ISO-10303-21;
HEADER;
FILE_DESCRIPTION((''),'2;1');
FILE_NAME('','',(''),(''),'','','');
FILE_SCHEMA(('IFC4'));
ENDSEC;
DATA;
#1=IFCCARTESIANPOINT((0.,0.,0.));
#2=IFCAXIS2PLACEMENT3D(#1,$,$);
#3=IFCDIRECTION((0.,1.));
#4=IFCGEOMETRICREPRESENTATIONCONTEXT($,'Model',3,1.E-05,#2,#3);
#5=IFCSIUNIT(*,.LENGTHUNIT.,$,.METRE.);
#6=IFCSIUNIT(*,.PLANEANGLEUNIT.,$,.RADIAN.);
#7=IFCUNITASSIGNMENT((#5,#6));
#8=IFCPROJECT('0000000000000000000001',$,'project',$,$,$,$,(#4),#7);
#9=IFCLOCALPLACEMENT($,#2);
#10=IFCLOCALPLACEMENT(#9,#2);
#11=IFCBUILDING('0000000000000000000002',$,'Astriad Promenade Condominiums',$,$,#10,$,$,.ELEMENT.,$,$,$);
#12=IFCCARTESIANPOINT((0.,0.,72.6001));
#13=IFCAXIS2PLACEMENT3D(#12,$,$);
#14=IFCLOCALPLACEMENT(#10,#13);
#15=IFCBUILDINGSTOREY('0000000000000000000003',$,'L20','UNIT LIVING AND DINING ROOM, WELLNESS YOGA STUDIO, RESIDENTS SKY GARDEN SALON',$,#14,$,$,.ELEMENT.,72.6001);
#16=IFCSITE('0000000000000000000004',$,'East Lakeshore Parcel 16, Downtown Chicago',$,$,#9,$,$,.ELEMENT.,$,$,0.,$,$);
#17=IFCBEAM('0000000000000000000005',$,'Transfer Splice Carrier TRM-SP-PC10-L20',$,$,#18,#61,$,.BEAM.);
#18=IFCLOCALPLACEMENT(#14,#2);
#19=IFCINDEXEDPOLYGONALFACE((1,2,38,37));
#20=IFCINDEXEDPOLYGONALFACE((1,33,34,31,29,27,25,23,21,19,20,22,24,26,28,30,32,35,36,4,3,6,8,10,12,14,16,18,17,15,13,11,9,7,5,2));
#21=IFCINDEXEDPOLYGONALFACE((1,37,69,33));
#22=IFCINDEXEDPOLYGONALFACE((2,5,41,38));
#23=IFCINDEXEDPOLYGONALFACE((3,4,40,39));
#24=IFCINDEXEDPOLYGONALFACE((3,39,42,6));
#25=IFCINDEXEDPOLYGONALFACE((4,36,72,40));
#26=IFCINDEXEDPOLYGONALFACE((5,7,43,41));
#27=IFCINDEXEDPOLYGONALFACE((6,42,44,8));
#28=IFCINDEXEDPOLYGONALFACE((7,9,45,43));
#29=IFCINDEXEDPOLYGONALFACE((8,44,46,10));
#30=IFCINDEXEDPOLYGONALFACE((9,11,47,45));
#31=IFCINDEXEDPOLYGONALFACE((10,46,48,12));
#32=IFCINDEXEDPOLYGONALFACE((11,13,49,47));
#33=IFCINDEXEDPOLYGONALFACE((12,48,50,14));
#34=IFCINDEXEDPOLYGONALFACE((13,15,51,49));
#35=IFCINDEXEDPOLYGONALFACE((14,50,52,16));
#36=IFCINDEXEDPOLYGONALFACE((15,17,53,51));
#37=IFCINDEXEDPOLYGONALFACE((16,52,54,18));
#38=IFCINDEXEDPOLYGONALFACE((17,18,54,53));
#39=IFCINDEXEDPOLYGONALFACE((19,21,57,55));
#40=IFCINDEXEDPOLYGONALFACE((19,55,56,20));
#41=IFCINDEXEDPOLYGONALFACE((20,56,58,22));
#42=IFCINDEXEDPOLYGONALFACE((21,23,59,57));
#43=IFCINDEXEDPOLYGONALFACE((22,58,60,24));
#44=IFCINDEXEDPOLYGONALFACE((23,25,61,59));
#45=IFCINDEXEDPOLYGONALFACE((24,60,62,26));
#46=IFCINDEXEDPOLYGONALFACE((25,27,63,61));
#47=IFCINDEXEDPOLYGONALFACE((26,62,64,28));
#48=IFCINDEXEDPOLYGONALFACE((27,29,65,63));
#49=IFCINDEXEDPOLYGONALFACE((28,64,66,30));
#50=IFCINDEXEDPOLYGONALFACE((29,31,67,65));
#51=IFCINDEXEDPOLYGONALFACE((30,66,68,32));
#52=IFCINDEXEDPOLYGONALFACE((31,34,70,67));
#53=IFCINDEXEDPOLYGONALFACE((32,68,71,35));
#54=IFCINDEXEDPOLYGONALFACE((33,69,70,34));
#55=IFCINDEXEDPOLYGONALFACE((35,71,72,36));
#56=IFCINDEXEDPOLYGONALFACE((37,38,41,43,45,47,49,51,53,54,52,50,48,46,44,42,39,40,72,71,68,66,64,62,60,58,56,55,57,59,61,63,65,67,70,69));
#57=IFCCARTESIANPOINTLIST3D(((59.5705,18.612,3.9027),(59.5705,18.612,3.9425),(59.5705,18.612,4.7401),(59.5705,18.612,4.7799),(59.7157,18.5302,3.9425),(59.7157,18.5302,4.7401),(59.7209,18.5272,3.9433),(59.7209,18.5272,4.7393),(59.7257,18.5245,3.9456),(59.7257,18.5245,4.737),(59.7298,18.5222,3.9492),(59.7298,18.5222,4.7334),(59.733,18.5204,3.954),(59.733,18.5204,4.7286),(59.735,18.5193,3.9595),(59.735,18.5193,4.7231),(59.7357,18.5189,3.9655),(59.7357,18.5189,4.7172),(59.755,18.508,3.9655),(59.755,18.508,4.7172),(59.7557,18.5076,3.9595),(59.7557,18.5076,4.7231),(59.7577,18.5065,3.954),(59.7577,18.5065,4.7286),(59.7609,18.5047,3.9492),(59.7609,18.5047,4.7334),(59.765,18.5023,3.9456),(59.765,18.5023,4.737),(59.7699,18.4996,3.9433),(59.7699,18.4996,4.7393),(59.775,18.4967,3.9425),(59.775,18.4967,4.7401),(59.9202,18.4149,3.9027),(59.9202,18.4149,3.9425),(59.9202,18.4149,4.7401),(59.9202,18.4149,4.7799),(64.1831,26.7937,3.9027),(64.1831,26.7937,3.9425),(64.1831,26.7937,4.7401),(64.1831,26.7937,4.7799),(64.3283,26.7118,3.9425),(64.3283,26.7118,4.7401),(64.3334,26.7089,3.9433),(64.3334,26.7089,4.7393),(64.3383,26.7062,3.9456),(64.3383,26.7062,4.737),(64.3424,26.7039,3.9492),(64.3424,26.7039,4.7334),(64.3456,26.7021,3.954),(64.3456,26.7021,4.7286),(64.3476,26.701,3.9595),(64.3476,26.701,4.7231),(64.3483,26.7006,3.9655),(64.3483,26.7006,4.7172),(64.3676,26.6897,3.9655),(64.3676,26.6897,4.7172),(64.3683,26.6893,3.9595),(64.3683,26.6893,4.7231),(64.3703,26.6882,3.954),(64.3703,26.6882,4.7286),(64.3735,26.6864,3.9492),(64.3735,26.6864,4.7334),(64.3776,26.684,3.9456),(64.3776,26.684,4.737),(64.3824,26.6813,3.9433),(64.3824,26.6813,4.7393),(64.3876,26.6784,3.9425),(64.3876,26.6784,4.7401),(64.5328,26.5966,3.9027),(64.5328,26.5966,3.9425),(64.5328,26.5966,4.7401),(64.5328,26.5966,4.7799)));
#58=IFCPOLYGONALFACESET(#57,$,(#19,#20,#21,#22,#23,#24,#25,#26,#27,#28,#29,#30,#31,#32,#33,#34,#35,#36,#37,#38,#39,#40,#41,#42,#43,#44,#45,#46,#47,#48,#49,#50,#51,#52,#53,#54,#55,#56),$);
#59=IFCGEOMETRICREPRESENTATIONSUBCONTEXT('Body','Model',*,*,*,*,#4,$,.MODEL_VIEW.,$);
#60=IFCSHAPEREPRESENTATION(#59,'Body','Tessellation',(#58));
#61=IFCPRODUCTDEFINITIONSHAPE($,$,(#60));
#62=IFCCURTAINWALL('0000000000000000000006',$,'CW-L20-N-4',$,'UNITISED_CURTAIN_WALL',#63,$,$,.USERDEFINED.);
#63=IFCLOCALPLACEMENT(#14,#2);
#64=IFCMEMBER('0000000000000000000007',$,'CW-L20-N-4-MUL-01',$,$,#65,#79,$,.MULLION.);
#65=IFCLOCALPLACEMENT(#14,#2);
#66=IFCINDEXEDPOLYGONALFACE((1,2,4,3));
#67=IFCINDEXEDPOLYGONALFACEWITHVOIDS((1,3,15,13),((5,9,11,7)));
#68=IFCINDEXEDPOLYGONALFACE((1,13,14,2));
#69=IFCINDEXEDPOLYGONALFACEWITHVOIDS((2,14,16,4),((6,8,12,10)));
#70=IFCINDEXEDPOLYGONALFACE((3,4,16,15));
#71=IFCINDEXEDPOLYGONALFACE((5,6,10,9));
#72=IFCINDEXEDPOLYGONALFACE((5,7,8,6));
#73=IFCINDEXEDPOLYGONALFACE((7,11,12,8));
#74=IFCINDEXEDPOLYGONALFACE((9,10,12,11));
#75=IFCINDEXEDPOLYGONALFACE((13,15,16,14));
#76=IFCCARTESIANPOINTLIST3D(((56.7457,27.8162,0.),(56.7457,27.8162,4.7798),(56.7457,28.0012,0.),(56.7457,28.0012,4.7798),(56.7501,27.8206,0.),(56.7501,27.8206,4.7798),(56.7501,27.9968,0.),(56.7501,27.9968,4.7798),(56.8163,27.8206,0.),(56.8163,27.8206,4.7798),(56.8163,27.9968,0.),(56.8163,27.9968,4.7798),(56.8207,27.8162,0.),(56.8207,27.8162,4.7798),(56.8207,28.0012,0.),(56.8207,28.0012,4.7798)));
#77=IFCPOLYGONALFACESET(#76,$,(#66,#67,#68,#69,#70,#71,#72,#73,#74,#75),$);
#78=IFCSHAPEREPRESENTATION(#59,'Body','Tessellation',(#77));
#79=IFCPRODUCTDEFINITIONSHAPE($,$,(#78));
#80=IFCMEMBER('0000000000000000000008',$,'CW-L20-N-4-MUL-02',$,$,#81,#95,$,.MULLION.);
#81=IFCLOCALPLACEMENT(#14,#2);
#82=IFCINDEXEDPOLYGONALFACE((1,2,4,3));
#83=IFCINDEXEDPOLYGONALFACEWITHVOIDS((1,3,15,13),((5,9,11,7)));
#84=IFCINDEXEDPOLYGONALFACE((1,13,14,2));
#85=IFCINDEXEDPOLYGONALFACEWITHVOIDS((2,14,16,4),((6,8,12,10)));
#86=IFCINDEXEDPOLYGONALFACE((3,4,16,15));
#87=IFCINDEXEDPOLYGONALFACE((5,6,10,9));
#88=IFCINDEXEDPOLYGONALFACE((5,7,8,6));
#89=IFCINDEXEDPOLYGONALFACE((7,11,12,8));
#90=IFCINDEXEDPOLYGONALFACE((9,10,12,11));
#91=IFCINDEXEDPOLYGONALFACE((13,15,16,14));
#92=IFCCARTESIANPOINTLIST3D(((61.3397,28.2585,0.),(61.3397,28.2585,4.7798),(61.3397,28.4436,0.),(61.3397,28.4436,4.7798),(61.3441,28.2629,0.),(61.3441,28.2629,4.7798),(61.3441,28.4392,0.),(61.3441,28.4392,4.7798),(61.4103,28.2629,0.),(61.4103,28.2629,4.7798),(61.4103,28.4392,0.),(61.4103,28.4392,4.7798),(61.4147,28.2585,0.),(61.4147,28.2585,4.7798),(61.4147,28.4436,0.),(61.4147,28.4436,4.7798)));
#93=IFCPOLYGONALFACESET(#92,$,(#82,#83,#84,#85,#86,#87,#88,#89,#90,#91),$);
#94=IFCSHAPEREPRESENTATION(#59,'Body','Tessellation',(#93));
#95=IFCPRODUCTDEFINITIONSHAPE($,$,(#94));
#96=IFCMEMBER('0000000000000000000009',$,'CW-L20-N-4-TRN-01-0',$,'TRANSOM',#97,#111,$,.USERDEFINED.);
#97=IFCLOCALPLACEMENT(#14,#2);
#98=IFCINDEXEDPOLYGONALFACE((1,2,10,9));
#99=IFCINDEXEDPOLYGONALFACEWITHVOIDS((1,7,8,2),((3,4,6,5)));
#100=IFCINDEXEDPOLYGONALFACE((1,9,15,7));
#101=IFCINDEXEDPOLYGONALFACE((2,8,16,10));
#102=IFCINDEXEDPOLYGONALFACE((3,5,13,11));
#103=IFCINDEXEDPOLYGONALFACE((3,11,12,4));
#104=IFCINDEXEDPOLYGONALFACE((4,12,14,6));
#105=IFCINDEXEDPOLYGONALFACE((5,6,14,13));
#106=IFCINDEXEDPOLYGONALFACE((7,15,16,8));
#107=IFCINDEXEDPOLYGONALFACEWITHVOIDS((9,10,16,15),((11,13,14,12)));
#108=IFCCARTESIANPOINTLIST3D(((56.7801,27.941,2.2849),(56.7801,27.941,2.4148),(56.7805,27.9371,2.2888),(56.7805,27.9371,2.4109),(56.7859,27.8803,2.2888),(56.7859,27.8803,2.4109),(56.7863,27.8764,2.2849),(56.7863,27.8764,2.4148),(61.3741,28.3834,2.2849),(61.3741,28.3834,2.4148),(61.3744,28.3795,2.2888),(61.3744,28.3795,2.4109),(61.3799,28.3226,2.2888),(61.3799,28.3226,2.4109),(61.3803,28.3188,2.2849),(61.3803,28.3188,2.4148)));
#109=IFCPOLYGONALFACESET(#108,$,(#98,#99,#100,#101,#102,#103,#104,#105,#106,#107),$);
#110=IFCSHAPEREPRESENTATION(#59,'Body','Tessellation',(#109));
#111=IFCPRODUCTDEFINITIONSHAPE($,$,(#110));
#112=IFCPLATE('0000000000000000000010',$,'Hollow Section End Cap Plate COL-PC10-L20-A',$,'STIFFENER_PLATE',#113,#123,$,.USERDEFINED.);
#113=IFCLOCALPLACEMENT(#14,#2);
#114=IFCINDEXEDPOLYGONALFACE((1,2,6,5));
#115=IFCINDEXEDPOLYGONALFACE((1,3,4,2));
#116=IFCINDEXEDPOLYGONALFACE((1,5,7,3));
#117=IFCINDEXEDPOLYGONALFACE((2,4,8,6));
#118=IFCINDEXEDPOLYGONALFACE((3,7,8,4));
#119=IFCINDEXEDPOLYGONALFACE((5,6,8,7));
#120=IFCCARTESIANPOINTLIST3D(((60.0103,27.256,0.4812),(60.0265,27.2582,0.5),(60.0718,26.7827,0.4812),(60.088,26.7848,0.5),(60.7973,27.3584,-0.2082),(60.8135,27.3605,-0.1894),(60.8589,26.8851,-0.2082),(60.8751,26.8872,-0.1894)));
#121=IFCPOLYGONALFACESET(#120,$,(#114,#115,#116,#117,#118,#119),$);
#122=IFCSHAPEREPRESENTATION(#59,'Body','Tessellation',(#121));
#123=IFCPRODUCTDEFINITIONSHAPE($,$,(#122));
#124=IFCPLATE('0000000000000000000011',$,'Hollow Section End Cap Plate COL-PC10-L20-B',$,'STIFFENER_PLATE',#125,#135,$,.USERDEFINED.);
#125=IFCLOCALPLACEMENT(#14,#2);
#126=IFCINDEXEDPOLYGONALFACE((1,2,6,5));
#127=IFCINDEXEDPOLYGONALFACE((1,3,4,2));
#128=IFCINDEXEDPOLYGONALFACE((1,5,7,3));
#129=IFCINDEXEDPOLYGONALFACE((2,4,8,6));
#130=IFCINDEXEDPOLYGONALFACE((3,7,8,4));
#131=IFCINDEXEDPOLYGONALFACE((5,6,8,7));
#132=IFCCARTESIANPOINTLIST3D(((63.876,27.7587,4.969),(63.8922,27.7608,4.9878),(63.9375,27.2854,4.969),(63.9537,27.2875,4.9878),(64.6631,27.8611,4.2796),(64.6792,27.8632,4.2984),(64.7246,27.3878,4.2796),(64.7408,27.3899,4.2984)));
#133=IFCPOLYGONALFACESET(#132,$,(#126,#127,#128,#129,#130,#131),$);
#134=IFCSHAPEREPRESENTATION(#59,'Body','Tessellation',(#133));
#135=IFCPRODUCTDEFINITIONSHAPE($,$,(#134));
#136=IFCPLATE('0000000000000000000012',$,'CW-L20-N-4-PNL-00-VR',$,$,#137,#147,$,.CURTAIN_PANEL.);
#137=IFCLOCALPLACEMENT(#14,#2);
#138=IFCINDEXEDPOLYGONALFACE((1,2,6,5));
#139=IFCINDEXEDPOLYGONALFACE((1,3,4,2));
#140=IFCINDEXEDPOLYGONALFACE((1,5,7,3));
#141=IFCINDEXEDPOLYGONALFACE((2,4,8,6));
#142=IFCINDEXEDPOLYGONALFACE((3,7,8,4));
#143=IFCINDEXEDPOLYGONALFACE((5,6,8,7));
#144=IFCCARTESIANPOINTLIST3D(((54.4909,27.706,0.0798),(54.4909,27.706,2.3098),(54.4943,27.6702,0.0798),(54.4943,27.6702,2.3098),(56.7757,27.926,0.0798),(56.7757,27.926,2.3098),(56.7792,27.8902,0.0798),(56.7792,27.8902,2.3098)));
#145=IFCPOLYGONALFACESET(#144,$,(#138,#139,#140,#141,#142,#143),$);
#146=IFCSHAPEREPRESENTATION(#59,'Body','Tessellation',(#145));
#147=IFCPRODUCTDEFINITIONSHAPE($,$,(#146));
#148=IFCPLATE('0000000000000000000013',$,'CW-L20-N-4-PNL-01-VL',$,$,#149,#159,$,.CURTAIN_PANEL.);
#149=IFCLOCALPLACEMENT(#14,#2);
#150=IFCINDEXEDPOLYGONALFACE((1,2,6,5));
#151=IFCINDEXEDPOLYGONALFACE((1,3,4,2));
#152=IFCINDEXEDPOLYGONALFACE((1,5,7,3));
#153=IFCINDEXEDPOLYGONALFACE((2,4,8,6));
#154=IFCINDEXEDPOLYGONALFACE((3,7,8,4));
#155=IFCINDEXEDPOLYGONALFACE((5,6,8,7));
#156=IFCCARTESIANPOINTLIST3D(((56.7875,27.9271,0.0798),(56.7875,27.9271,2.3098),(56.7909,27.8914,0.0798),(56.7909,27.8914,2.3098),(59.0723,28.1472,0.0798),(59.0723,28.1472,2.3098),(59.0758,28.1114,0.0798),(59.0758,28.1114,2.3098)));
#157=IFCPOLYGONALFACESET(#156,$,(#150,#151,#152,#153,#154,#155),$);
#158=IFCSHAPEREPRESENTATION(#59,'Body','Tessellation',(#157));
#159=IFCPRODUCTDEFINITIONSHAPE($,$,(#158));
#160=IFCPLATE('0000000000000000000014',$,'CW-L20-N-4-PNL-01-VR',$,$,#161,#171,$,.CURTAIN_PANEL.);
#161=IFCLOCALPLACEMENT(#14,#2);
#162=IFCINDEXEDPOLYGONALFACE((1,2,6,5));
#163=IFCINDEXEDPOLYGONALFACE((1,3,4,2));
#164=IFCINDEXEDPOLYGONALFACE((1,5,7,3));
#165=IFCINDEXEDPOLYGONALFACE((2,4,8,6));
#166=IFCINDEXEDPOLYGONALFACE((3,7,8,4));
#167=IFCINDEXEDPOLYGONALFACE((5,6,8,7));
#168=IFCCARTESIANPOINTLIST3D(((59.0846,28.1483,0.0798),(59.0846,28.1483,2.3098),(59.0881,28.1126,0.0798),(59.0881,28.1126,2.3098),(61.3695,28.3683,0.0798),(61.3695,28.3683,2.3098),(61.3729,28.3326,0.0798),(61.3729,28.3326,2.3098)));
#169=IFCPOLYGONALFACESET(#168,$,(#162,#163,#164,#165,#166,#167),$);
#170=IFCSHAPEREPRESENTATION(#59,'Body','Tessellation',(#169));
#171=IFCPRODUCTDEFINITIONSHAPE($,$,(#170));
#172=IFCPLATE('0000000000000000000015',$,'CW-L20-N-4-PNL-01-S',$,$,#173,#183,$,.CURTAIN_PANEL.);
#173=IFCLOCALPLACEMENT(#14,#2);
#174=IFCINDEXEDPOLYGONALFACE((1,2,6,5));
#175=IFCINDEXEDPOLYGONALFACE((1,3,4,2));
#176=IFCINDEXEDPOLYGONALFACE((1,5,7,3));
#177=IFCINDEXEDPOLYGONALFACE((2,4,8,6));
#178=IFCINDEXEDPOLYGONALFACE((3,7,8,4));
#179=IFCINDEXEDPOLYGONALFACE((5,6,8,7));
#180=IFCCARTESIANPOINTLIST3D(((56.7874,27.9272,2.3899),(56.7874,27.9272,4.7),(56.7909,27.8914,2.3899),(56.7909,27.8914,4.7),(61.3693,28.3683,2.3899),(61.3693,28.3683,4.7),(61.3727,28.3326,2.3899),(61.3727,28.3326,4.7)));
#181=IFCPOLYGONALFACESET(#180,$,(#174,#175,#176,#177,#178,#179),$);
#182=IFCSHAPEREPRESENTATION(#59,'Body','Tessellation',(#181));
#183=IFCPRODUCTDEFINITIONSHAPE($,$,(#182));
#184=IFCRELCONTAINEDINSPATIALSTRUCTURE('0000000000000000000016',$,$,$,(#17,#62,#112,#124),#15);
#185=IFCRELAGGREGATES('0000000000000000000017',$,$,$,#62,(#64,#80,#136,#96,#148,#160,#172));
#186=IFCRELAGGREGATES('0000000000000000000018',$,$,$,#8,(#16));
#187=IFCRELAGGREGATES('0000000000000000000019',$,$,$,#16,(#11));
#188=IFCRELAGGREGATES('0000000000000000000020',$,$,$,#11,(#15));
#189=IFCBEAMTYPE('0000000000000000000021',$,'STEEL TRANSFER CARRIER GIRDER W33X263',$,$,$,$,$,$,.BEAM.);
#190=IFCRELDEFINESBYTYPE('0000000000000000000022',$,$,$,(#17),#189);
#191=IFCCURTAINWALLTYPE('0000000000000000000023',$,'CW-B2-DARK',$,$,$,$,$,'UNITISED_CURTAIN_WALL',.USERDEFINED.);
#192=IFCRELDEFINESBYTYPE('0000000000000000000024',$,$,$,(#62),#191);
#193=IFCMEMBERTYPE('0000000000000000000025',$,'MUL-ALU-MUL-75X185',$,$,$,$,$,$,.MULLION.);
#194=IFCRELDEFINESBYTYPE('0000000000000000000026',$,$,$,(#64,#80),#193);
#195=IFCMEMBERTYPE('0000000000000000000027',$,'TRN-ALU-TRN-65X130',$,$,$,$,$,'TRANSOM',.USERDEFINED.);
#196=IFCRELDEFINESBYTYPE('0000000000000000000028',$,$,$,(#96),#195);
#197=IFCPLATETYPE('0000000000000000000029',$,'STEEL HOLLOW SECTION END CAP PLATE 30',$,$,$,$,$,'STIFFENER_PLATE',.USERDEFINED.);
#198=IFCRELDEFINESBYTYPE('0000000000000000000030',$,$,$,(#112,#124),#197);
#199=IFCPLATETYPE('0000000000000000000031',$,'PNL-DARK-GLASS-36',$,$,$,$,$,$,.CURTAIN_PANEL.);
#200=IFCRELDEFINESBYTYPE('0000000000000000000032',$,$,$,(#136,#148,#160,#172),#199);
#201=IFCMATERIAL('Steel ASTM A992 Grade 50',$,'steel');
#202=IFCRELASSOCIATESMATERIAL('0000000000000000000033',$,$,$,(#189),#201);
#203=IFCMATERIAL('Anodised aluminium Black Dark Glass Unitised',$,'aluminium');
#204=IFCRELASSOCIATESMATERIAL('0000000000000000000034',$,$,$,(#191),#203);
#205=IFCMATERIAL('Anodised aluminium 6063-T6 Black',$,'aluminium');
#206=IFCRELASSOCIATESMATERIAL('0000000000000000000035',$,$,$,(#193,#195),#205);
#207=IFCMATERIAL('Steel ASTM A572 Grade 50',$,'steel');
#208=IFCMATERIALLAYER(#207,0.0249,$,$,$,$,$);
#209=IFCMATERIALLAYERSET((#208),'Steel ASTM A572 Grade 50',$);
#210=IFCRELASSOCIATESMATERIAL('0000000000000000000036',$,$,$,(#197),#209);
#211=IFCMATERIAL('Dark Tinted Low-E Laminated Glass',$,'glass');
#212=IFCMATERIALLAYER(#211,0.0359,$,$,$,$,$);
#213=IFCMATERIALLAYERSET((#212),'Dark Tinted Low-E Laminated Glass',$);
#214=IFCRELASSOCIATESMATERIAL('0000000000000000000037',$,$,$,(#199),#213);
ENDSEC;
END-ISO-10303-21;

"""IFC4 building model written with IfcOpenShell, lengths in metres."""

from ifc_helpers import new_model, si_unit, direction, frame, origin, origin_2d, place, context, subcontext, project, spatial, rectangle, hollow_rectangle, i_section, extrude, source, transform, mapped, material, layer, layer_set, material_profile, profile_set, type_object, type_shapes, element, aggregate, save


model = new_model("IFC4")

# Units and contexts
model_context = context("Model", 3, precision=1e-05, world=origin(), true_north=direction((0.0, 1.0)))
body_context = subcontext(model_context, "Body", "Model", "MODEL_VIEW")
ifc_project = project(units=[si_unit("LENGTHUNIT", "METRE"), si_unit("PLANEANGLEUNIT", "RADIAN")], contexts=[model_context])

# Site, building, storey
site_placement = place(None, origin())
site = spatial("IfcSite", under=ifc_project, at=site_placement, Name="East Lakeshore Parcel 16, Downtown Chicago", CompositionType="ELEMENT", RefElevation=0.0)
building_placement = place(site_placement, origin())
building = spatial("IfcBuilding", under=site, at=building_placement, Name="Astriad Promenade Condominiums", CompositionType="ELEMENT")
storey_placement = place(building_placement, frame((0.0, 0.0, 72.6001)))
storey = spatial("IfcBuildingStorey", under=building, at=storey_placement, Name="L20", Description="UNIT LIVING AND DINING ROOM, WELLNESS YOGA STUDIO, RESIDENTS SKY GARDEN SALON", CompositionType="ELEMENT", Elevation=72.6001)

# Shared definitions
ifc_material_1 = material(Name="Steel ASTM A992 Grade 50", Category="steel")

# Beam
ifc_material_profile_1 = material_profile(ifc_material_1, i_section(OverallWidth=0.4014, OverallDepth=0.8772, WebThickness=0.0222, FlangeThickness=0.0398, FilletRadius=0.0229, at=origin_2d()), Name="W33X263")
ifc_profile_set_1 = profile_set([ifc_material_profile_1], Name="Steel ASTM A992 Grade 50")
beam_type_1 = type_object("IfcBeamType", Name="STEEL TRANSFER CARRIER GIRDER W33X263", PredefinedType="BEAM", material=ifc_profile_set_1)
shared_shape_1 = source(origin(), body_context, "Body", "SweptSolid", [
    extrude(i_section(OverallWidth=0.4014, OverallDepth=0.8772, WebThickness=0.0222, FlangeThickness=0.0398, FilletRadius=0.0229, at=origin_2d()), origin(), (0.0, 0.0, 1.0), 9.3923),
])
type_shapes(beam_type_1, [shared_shape_1])
beam_1_placement = place(storey_placement, frame((59.7454, 18.5134, 4.3413), z_axis=(0.4911, 0.871103, 0.0), x_axis=(-0.871103, 0.4911, 0.0)))
element("IfcBeam", 1, at=beam_1_placement, inside=storey, type_object=beam_type_1, Name="Transfer Splice Carrier TRM-SP-PC10-L20", PredefinedType="BEAM", context=body_context, shape_type="MappedRepresentation", body=[
    mapped(shared_shape_1, transform((0.0, 0.0, 0.0), scale=1.0)),
])

# Curtain wall, members
ifc_material_2 = material(Name="Anodised aluminium Black Dark Glass Unitised", Category="aluminium")
curtain_wall_type = type_object("IfcCurtainWallType", Name="CW-B2-DARK", ElementType="UNITISED_CURTAIN_WALL", PredefinedType="USERDEFINED", material=ifc_material_2)
curtain_wall_placement = place(storey_placement, origin())
curtain_wall = element("IfcCurtainWall", 2, at=curtain_wall_placement, inside=storey, type_object=curtain_wall_type, Name="CW-L20-N-4", ObjectType="UNITISED_CURTAIN_WALL", PredefinedType="USERDEFINED")
ifc_material_3 = material(Name="Anodised aluminium 6063-T6 Black", Category="aluminium")
ifc_material_profile_2 = material_profile(ifc_material_3, hollow_rectangle(XDim=0.075, YDim=0.1851, WallThickness=0.0044, at=origin_2d()), Name="ALU-MUL-75X185")
ifc_profile_set_2 = profile_set([ifc_material_profile_2], Name="Anodised aluminium 6063-T6 Black")
member_type_1 = type_object("IfcMemberType", Name="MUL-ALU-MUL-75X185", PredefinedType="MULLION", material=ifc_profile_set_2)
shared_shape_2 = source(origin(), body_context, "Body", "SweptSolid", [
    extrude(hollow_rectangle(XDim=0.075, YDim=0.1851, WallThickness=0.0044, at=origin_2d()), origin(), (0.0, 0.0, 1.0), 4.7798),
])
type_shapes(member_type_1, [shared_shape_2])
member_1_placement = place(storey_placement, frame((56.7832, 27.9087, 0.0), z_axis=(0.0, 0.0, 1.0), x_axis=(1.0, 0.0, 0.0)))
member_1 = element("IfcMember", 3, at=member_1_placement, type_object=member_type_1, Name="CW-L20-N-4-MUL-01", PredefinedType="MULLION", context=body_context, shape_type="MappedRepresentation", body=[
    mapped(shared_shape_2, transform((0.0, 0.0, 0.0), scale=1.0)),
])
member_2_placement = place(storey_placement, frame((61.3772, 28.3511, 0.0), z_axis=(0.0, 0.0, 1.0), x_axis=(1.0, 0.0, 0.0)))
member_2 = element("IfcMember", 4, at=member_2_placement, type_object=member_type_1, Name="CW-L20-N-4-MUL-02", PredefinedType="MULLION", context=body_context, shape_type="MappedRepresentation", body=[
    mapped(shared_shape_2, transform((0.0, 0.0, 0.0), scale=1.0)),
])
ifc_material_profile_3 = material_profile(ifc_material_3, hollow_rectangle(XDim=0.0649, YDim=0.1299, WallThickness=0.0039, at=origin_2d()), Name="ALU-TRN-65X130")
ifc_profile_set_3 = profile_set([ifc_material_profile_3], Name="Anodised aluminium 6063-T6 Black")
member_type_2 = type_object("IfcMemberType", Name="TRN-ALU-TRN-65X130", ElementType="TRANSOM", PredefinedType="USERDEFINED", material=ifc_profile_set_3)
shared_shape_3 = source(origin(), body_context, "Body", "SweptSolid", [
    extrude(hollow_rectangle(XDim=0.0649, YDim=0.1299, WallThickness=0.0039, at=origin_2d()), origin(), (0.0, 0.0, 1.0), 4.6152),
])
type_shapes(member_type_2, [shared_shape_3])
member_3_placement = place(storey_placement, frame((56.7832, 27.9087, 2.3499), z_axis=(0.995396, 0.095853, 0.0), x_axis=(-0.095853, 0.995396, 0.0)))
member_3 = element("IfcMember", 5, at=member_3_placement, type_object=member_type_2, Name="CW-L20-N-4-TRN-01-0", ObjectType="TRANSOM", PredefinedType="USERDEFINED", context=body_context, shape_type="MappedRepresentation", body=[
    mapped(shared_shape_3, transform((0.0, 0.0, 0.0), scale=1.0)),
])

# Plates
ifc_material_4 = material(Name="Steel ASTM A572 Grade 50", Category="steel")
ifc_layer_1 = layer(ifc_material_4, 0.0249)
ifc_layer_set_1 = layer_set([ifc_layer_1], Name="Steel ASTM A572 Grade 50")
plate_type_1 = type_object("IfcPlateType", Name="STEEL HOLLOW SECTION END CAP PLATE 30", ElementType="STIFFENER_PLATE", PredefinedType="USERDEFINED", material=ifc_layer_set_1)
shared_shape_4 = source(origin(), body_context, "Body", "SweptSolid", [
    extrude(rectangle(XDim=0.4773, YDim=1.0513, at=origin_2d()), origin(), (0.0, 0.0, 1.0), 0.0249),
])
type_shapes(plate_type_1, [shared_shape_4])
for number, where, z_axis, x_axis, name in (
    (6, (60.4346, 27.0706, 0.1365), (0.650276, 0.084549, 0.754978), (-0.128935, 0.991653, 0.0), "Hollow Section End Cap Plate COL-PC10-L20-A"),
    (7, (64.3003, 27.5732, 4.6243), (0.650276, 0.084549, 0.754978), (-0.128935, 0.991653, 0.0), "Hollow Section End Cap Plate COL-PC10-L20-B"),
):
    element("IfcPlate", number, at=place(storey_placement, frame(where, z_axis=z_axis, x_axis=x_axis)), inside=storey, type_object=plate_type_1, Name=name, ObjectType="STIFFENER_PLATE", PredefinedType="USERDEFINED", context=body_context, shape_type="MappedRepresentation", body=[
        mapped(shared_shape_4, transform((0.0, 0.0, 0.0), scale=1.0)),
    ])

# Plates
ifc_material_5 = material(Name="Dark Tinted Low-E Laminated Glass", Category="glass")
ifc_layer_2 = layer(ifc_material_5, 0.0359)
ifc_layer_set_2 = layer_set([ifc_layer_2], Name="Dark Tinted Low-E Laminated Glass")
plate_type_2 = type_object("IfcPlateType", Name="PNL-DARK-GLASS-36", PredefinedType="CURTAIN_PANEL", material=ifc_layer_set_2)
shared_shape_5 = source(origin(), body_context, "Body", "SweptSolid", [
    extrude(rectangle(XDim=2.2954, YDim=0.0359, at=origin_2d()), origin(), (0.0, 0.0, 1.0), 2.23),
])
plate_1_placement = place(storey_placement, frame((55.635, 27.7981, 0.0798), z_axis=(0.0, 0.0, 1.0), x_axis=(0.995396, 0.095846, 0.0)))
plate_1 = element("IfcPlate", 8, at=plate_1_placement, type_object=plate_type_2, Name="CW-L20-N-4-PNL-00-VR", PredefinedType="CURTAIN_PANEL", context=body_context, shape_type="MappedRepresentation", body=[
    mapped(shared_shape_5, transform((0.0, 0.0, 0.0), scale=1.0)),
])
plate_2_placement = place(storey_placement, frame((57.9316, 28.0193, 0.0798), z_axis=(0.0, 0.0, 1.0), x_axis=(0.995396, 0.095846, 0.0)))
plate_2 = element("IfcPlate", 9, at=plate_2_placement, type_object=plate_type_2, Name="CW-L20-N-4-PNL-01-VL", PredefinedType="CURTAIN_PANEL", context=body_context, shape_type="MappedRepresentation", body=[
    mapped(shared_shape_5, transform((0.0, 0.0, 0.0), scale=1.0)),
])
plate_3_placement = place(storey_placement, frame((60.2288, 28.2405, 0.0798), z_axis=(0.0, 0.0, 1.0), x_axis=(0.995396, 0.095846, 0.0)))
plate_3 = element("IfcPlate", 10, at=plate_3_placement, type_object=plate_type_2, Name="CW-L20-N-4-PNL-01-VR", PredefinedType="CURTAIN_PANEL", context=body_context, shape_type="MappedRepresentation", body=[
    mapped(shared_shape_5, transform((0.0, 0.0, 0.0), scale=1.0)),
])
shared_shape_6 = source(origin(), body_context, "Body", "SweptSolid", [
    extrude(rectangle(XDim=4.603, YDim=0.0359, at=origin_2d()), origin(), (0.0, 0.0, 1.0), 2.3101),
])
type_shapes(plate_type_2, [shared_shape_5, shared_shape_6])
plate_4_placement = place(storey_placement, frame((59.0801, 28.1299, 2.3899), z_axis=(0.0, 0.0, 1.0), x_axis=(0.995396, 0.095846, 0.0)))
plate_4 = element("IfcPlate", 11, at=plate_4_placement, type_object=plate_type_2, Name="CW-L20-N-4-PNL-01-S", PredefinedType="CURTAIN_PANEL", context=body_context, shape_type="MappedRepresentation", body=[
    mapped(shared_shape_6, transform((0.0, 0.0, 0.0), scale=1.0)),
])
aggregate(curtain_wall, [member_1, member_2, plate_1, member_3, plate_2, plate_3, plate_4])

save(model, "model.ifc")
